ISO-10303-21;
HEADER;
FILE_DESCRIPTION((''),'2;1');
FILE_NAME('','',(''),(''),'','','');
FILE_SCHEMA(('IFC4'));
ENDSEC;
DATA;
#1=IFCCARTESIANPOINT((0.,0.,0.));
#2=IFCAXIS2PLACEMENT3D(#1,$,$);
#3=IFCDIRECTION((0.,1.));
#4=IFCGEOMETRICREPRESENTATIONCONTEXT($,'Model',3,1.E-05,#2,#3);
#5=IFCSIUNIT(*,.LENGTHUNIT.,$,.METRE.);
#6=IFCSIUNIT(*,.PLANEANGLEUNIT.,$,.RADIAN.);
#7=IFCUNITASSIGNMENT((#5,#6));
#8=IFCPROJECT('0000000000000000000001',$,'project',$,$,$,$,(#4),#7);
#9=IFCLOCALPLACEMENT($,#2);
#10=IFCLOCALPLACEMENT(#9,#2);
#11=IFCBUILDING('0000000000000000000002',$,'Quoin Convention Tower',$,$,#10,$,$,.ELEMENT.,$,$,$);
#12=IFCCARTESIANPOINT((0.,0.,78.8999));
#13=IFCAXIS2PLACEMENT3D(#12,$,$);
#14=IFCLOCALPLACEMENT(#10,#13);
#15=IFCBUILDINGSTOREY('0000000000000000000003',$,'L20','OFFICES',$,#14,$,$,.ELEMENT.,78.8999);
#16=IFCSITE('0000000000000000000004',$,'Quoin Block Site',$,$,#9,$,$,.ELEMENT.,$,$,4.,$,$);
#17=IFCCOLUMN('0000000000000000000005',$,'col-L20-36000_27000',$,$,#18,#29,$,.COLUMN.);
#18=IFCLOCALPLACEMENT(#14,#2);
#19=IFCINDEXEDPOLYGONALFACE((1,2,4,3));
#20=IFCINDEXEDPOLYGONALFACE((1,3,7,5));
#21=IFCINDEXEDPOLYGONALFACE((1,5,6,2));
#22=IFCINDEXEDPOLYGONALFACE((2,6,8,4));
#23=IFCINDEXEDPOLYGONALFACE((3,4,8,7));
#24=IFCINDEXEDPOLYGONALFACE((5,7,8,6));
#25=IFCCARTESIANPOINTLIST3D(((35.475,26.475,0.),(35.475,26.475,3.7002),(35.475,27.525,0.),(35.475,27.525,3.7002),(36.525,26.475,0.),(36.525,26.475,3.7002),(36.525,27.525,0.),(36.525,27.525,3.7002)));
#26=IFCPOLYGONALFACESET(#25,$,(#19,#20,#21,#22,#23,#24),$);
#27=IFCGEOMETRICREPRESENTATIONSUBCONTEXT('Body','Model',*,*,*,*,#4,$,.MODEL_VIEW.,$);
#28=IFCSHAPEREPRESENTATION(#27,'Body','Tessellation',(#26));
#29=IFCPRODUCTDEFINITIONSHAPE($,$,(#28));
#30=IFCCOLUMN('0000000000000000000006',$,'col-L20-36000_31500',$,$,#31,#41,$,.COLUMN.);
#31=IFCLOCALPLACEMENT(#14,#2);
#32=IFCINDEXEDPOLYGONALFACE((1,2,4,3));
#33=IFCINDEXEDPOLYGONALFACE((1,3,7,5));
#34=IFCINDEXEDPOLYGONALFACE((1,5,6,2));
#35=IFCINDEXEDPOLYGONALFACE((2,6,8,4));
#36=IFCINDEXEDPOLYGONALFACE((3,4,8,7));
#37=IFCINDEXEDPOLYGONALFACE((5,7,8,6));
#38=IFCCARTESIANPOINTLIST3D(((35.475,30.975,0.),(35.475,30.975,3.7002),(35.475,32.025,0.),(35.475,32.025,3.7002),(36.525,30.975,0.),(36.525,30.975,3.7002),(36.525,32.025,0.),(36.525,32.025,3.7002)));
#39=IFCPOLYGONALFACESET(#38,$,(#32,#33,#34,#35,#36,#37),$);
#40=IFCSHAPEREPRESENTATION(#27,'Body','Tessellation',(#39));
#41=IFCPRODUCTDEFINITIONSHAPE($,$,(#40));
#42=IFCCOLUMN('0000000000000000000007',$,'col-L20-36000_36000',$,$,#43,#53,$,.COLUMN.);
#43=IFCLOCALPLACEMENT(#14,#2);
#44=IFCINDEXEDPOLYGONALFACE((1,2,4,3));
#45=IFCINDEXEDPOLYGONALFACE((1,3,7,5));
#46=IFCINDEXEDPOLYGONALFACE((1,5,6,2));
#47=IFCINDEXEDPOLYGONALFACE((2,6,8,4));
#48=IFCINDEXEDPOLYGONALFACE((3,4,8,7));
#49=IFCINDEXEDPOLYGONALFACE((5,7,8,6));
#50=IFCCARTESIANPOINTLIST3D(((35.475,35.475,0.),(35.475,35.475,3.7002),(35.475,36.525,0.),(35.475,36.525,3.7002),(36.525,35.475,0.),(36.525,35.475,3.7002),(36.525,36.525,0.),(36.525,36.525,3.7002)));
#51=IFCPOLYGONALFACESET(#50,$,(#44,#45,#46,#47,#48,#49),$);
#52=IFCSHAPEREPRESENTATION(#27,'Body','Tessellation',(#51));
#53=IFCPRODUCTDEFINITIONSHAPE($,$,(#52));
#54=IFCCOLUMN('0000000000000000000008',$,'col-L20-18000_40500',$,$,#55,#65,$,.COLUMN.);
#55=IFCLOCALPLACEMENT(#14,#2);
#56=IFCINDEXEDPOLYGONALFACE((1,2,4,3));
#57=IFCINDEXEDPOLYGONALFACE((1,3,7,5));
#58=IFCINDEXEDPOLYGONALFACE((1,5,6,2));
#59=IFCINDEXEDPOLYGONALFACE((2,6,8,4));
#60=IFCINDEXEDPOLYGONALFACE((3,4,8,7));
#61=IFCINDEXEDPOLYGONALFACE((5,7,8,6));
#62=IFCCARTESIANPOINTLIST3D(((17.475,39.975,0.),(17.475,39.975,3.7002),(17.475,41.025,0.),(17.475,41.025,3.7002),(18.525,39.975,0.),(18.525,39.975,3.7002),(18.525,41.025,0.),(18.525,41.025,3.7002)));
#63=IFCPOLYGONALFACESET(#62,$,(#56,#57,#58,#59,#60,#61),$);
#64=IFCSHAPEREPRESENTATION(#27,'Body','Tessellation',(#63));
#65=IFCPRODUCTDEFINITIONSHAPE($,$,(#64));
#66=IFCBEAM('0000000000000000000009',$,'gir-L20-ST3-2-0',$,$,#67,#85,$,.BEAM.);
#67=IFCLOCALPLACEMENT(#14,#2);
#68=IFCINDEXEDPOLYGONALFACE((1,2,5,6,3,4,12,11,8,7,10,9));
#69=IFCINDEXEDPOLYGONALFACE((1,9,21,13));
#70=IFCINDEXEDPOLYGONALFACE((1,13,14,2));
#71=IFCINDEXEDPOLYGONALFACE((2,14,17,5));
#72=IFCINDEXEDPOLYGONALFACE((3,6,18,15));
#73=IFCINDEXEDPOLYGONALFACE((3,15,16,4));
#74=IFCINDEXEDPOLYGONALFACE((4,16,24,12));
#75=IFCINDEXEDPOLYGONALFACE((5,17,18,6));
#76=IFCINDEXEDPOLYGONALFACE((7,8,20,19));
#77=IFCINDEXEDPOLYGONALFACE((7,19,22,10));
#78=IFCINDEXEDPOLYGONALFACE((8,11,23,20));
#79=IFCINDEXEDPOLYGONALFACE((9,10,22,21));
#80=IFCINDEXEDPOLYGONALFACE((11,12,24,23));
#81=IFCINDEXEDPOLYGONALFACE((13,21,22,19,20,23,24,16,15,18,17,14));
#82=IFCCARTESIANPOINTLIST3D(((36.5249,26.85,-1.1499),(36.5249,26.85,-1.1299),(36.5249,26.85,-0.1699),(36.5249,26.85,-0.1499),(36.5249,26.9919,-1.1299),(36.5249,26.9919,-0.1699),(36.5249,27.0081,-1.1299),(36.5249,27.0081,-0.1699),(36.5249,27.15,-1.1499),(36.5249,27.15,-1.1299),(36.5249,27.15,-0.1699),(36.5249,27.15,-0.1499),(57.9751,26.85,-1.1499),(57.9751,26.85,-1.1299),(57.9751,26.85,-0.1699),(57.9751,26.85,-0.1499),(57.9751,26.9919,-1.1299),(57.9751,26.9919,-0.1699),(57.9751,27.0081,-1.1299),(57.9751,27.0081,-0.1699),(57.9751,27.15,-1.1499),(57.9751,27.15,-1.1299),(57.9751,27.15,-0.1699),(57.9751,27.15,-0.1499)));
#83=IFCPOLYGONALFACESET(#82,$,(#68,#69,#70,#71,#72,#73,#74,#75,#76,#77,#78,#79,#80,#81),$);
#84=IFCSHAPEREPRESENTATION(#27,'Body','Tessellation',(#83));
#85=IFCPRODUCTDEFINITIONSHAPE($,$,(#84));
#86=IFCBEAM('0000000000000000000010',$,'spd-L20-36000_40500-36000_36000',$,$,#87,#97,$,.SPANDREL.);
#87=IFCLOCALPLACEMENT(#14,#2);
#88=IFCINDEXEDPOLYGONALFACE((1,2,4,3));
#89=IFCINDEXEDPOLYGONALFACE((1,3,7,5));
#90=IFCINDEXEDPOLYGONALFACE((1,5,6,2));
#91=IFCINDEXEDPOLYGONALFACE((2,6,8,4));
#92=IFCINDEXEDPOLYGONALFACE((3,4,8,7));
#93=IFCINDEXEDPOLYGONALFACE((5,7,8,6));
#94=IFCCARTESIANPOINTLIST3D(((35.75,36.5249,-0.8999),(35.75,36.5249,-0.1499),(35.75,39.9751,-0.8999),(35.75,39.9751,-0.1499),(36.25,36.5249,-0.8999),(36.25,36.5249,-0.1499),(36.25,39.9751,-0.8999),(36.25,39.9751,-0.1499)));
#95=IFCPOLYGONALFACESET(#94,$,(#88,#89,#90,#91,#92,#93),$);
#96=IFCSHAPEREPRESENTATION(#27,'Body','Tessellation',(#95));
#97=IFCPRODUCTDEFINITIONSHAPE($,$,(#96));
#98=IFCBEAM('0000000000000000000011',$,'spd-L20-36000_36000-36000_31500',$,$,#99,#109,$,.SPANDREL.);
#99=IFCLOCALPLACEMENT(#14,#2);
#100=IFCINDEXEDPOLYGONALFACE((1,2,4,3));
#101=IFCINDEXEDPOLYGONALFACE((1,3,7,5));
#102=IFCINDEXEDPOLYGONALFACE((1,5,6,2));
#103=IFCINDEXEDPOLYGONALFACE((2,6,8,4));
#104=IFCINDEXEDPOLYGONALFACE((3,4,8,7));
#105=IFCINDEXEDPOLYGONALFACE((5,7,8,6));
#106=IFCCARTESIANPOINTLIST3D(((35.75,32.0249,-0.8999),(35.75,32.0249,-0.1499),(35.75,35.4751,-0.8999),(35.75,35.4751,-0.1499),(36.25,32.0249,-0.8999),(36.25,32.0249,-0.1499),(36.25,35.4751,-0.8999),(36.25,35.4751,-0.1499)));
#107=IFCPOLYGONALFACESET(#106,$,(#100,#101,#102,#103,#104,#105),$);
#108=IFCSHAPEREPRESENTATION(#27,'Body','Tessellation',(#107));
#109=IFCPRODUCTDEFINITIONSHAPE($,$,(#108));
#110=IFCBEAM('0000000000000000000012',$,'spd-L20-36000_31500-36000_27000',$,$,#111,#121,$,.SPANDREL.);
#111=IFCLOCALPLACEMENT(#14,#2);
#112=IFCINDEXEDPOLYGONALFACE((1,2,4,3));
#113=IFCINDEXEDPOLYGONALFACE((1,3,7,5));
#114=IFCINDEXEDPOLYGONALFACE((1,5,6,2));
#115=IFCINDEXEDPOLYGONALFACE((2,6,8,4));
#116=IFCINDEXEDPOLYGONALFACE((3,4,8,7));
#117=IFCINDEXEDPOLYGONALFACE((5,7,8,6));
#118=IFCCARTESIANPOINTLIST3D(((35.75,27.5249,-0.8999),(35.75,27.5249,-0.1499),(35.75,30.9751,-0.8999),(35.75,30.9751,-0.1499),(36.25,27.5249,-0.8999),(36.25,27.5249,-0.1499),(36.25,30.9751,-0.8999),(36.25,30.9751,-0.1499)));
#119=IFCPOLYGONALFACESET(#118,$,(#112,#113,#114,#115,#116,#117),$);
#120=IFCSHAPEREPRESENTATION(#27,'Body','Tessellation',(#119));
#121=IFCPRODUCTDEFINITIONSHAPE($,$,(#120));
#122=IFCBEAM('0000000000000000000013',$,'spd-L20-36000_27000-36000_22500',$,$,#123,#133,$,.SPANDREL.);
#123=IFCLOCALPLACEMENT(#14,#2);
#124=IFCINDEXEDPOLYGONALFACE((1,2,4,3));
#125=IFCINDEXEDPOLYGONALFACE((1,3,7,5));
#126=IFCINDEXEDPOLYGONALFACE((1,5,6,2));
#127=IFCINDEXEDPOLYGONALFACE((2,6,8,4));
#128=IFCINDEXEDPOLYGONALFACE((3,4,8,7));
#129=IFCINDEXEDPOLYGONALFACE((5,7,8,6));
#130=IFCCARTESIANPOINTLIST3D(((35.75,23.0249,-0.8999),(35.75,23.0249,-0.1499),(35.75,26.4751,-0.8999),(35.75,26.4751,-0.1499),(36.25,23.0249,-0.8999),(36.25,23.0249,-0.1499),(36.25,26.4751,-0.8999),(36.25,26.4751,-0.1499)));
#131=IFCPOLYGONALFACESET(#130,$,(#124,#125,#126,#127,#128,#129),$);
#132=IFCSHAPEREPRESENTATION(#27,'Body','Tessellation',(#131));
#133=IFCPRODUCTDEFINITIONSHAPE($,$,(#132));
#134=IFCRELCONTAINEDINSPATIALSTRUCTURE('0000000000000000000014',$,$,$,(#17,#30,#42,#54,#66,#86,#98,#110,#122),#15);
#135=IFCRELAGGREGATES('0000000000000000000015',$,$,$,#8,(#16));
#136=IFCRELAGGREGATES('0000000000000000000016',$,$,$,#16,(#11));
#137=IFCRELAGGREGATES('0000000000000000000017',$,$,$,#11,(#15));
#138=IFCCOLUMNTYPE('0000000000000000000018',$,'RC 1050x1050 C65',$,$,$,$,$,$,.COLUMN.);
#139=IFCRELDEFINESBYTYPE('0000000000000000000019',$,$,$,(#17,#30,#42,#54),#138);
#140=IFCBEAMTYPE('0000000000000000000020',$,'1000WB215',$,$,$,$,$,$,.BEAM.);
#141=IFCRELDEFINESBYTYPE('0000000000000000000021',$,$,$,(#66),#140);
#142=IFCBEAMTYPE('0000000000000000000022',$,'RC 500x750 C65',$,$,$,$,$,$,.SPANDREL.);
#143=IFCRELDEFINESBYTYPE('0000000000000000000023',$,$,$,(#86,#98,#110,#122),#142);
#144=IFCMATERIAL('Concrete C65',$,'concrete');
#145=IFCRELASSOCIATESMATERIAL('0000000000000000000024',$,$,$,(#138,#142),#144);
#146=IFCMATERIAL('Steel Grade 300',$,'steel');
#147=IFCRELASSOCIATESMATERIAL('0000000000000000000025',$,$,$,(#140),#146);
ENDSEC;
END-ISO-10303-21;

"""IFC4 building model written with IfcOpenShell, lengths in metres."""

from ifc_helpers import new_model, si_unit, direction, frame, origin, origin_2d, place, context, subcontext, project, spatial, rectangle, i_section, extrude, material, material_profile, profile_set, type_object, element, save


model = new_model("IFC4")

# Units and contexts
model_context = context("Model", 3, precision=1e-05, world=origin(), true_north=direction((0.0, 1.0)))
body_context = subcontext(model_context, "Body", "Model", "MODEL_VIEW")
ifc_project = project(units=[si_unit("LENGTHUNIT", "METRE"), si_unit("PLANEANGLEUNIT", "RADIAN")], contexts=[model_context])

# Site, building, storey
site_placement = place(None, origin())
site = spatial("IfcSite", under=ifc_project, at=site_placement, Name="Quoin Block Site", CompositionType="ELEMENT", RefElevation=4.0)
building_placement = place(site_placement, origin())
building = spatial("IfcBuilding", under=site, at=building_placement, Name="Quoin Convention Tower", CompositionType="ELEMENT")
storey_placement = place(building_placement, frame((0.0, 0.0, 78.8999)))
storey = spatial("IfcBuildingStorey", under=building, at=storey_placement, Name="L20", Description="OFFICES", CompositionType="ELEMENT", Elevation=78.8999)

# Columns
ifc_material_1 = material(Name="Concrete C65", Category="concrete")
ifc_material_profile_1 = material_profile(ifc_material_1, rectangle(XDim=1.05, YDim=1.05, at=origin_2d()), Name="RC 1050x1050")
ifc_profile_set_1 = profile_set([ifc_material_profile_1], Name="Concrete C65")
column_type = type_object("IfcColumnType", Name="RC 1050x1050 C65", PredefinedType="COLUMN", material=ifc_profile_set_1)
for number, where, z_axis, x_axis, name in (
    (1, (36.0, 27.0, 0.0), (0.0, 0.0, 1.0), (1.0, 0.0, 0.0), "col-L20-36000_27000"),
    (2, (36.0, 31.5, 0.0), (0.0, 0.0, 1.0), (1.0, 0.0, 0.0), "col-L20-36000_31500"),
    (3, (36.0, 36.0, 0.0), (0.0, 0.0, 1.0), (1.0, 0.0, 0.0), "col-L20-36000_36000"),
    (4, (18.0, 40.5, 0.0), (0.0, 0.0, 1.0), (1.0, 0.0, 0.0), "col-L20-18000_40500"),
):
    element("IfcColumn", number, at=place(storey_placement, frame(where, z_axis=z_axis, x_axis=x_axis)), inside=storey, type_object=column_type, Name=name, PredefinedType="COLUMN", context=body_context, shape_type="SweptSolid", body=[
        extrude(rectangle(XDim=1.05, YDim=1.05, at=origin_2d()), origin(), (0.0, 0.0, 1.0), 3.7002),
    ])

# Beams
ifc_material_2 = material(Name="Steel Grade 300", Category="steel")
ifc_material_profile_2 = material_profile(ifc_material_2, i_section(OverallWidth=0.3, OverallDepth=1.0, WebThickness=0.0161, FlangeThickness=0.02, at=origin_2d()), Name="1000WB215")
ifc_profile_set_2 = profile_set([ifc_material_profile_2], Name="Steel Grade 300")
beam_type_1 = type_object("IfcBeamType", Name="1000WB215", PredefinedType="BEAM", material=ifc_profile_set_2)
beam_placement = place(storey_placement, frame((36.5249, 27.0, -0.6499), z_axis=(1.0, 0.0, 0.0), x_axis=(0.0, 1.0, 0.0)))
element("IfcBeam", 5, at=beam_placement, inside=storey, type_object=beam_type_1, Name="gir-L20-ST3-2-0", PredefinedType="BEAM", context=body_context, shape_type="SweptSolid", body=[
    extrude(i_section(OverallWidth=0.3, OverallDepth=1.0, WebThickness=0.0161, FlangeThickness=0.02, at=origin_2d()), origin(), (0.0, 0.0, 1.0), 21.4502),
])
ifc_material_profile_3 = material_profile(ifc_material_1, rectangle(XDim=0.5, YDim=0.75, at=origin_2d()), Name="RC 500x750")
ifc_profile_set_3 = profile_set([ifc_material_profile_3], Name="Concrete C65")
beam_type_2 = type_object("IfcBeamType", Name="RC 500x750 C65", PredefinedType="SPANDREL", material=ifc_profile_set_3)
for number, where, z_axis, x_axis, name in (
    (6, (36.0, 39.9751, -0.5249), (0.0, -1.0, 0.0), (1.0, 0.0, 0.0), "spd-L20-36000_40500-36000_36000"),
    (7, (36.0, 35.4751, -0.5249), (0.0, -1.0, 0.0), (1.0, 0.0, 0.0), "spd-L20-36000_36000-36000_31500"),
    (8, (36.0, 30.9751, -0.5249), (0.0, -1.0, 0.0), (1.0, 0.0, 0.0), "spd-L20-36000_31500-36000_27000"),
    (9, (36.0, 26.4751, -0.5249), (0.0, -1.0, 0.0), (1.0, 0.0, 0.0), "spd-L20-36000_27000-36000_22500"),
):
    element("IfcBeam", number, at=place(storey_placement, frame(where, z_axis=z_axis, x_axis=x_axis)), inside=storey, type_object=beam_type_2, Name=name, PredefinedType="SPANDREL", context=body_context, shape_type="SweptSolid", body=[
        extrude(rectangle(XDim=0.5, YDim=0.75, at=origin_2d()), origin(), (0.0, 0.0, 1.0), 3.4502),
    ])

save(model, "model.ifc")
